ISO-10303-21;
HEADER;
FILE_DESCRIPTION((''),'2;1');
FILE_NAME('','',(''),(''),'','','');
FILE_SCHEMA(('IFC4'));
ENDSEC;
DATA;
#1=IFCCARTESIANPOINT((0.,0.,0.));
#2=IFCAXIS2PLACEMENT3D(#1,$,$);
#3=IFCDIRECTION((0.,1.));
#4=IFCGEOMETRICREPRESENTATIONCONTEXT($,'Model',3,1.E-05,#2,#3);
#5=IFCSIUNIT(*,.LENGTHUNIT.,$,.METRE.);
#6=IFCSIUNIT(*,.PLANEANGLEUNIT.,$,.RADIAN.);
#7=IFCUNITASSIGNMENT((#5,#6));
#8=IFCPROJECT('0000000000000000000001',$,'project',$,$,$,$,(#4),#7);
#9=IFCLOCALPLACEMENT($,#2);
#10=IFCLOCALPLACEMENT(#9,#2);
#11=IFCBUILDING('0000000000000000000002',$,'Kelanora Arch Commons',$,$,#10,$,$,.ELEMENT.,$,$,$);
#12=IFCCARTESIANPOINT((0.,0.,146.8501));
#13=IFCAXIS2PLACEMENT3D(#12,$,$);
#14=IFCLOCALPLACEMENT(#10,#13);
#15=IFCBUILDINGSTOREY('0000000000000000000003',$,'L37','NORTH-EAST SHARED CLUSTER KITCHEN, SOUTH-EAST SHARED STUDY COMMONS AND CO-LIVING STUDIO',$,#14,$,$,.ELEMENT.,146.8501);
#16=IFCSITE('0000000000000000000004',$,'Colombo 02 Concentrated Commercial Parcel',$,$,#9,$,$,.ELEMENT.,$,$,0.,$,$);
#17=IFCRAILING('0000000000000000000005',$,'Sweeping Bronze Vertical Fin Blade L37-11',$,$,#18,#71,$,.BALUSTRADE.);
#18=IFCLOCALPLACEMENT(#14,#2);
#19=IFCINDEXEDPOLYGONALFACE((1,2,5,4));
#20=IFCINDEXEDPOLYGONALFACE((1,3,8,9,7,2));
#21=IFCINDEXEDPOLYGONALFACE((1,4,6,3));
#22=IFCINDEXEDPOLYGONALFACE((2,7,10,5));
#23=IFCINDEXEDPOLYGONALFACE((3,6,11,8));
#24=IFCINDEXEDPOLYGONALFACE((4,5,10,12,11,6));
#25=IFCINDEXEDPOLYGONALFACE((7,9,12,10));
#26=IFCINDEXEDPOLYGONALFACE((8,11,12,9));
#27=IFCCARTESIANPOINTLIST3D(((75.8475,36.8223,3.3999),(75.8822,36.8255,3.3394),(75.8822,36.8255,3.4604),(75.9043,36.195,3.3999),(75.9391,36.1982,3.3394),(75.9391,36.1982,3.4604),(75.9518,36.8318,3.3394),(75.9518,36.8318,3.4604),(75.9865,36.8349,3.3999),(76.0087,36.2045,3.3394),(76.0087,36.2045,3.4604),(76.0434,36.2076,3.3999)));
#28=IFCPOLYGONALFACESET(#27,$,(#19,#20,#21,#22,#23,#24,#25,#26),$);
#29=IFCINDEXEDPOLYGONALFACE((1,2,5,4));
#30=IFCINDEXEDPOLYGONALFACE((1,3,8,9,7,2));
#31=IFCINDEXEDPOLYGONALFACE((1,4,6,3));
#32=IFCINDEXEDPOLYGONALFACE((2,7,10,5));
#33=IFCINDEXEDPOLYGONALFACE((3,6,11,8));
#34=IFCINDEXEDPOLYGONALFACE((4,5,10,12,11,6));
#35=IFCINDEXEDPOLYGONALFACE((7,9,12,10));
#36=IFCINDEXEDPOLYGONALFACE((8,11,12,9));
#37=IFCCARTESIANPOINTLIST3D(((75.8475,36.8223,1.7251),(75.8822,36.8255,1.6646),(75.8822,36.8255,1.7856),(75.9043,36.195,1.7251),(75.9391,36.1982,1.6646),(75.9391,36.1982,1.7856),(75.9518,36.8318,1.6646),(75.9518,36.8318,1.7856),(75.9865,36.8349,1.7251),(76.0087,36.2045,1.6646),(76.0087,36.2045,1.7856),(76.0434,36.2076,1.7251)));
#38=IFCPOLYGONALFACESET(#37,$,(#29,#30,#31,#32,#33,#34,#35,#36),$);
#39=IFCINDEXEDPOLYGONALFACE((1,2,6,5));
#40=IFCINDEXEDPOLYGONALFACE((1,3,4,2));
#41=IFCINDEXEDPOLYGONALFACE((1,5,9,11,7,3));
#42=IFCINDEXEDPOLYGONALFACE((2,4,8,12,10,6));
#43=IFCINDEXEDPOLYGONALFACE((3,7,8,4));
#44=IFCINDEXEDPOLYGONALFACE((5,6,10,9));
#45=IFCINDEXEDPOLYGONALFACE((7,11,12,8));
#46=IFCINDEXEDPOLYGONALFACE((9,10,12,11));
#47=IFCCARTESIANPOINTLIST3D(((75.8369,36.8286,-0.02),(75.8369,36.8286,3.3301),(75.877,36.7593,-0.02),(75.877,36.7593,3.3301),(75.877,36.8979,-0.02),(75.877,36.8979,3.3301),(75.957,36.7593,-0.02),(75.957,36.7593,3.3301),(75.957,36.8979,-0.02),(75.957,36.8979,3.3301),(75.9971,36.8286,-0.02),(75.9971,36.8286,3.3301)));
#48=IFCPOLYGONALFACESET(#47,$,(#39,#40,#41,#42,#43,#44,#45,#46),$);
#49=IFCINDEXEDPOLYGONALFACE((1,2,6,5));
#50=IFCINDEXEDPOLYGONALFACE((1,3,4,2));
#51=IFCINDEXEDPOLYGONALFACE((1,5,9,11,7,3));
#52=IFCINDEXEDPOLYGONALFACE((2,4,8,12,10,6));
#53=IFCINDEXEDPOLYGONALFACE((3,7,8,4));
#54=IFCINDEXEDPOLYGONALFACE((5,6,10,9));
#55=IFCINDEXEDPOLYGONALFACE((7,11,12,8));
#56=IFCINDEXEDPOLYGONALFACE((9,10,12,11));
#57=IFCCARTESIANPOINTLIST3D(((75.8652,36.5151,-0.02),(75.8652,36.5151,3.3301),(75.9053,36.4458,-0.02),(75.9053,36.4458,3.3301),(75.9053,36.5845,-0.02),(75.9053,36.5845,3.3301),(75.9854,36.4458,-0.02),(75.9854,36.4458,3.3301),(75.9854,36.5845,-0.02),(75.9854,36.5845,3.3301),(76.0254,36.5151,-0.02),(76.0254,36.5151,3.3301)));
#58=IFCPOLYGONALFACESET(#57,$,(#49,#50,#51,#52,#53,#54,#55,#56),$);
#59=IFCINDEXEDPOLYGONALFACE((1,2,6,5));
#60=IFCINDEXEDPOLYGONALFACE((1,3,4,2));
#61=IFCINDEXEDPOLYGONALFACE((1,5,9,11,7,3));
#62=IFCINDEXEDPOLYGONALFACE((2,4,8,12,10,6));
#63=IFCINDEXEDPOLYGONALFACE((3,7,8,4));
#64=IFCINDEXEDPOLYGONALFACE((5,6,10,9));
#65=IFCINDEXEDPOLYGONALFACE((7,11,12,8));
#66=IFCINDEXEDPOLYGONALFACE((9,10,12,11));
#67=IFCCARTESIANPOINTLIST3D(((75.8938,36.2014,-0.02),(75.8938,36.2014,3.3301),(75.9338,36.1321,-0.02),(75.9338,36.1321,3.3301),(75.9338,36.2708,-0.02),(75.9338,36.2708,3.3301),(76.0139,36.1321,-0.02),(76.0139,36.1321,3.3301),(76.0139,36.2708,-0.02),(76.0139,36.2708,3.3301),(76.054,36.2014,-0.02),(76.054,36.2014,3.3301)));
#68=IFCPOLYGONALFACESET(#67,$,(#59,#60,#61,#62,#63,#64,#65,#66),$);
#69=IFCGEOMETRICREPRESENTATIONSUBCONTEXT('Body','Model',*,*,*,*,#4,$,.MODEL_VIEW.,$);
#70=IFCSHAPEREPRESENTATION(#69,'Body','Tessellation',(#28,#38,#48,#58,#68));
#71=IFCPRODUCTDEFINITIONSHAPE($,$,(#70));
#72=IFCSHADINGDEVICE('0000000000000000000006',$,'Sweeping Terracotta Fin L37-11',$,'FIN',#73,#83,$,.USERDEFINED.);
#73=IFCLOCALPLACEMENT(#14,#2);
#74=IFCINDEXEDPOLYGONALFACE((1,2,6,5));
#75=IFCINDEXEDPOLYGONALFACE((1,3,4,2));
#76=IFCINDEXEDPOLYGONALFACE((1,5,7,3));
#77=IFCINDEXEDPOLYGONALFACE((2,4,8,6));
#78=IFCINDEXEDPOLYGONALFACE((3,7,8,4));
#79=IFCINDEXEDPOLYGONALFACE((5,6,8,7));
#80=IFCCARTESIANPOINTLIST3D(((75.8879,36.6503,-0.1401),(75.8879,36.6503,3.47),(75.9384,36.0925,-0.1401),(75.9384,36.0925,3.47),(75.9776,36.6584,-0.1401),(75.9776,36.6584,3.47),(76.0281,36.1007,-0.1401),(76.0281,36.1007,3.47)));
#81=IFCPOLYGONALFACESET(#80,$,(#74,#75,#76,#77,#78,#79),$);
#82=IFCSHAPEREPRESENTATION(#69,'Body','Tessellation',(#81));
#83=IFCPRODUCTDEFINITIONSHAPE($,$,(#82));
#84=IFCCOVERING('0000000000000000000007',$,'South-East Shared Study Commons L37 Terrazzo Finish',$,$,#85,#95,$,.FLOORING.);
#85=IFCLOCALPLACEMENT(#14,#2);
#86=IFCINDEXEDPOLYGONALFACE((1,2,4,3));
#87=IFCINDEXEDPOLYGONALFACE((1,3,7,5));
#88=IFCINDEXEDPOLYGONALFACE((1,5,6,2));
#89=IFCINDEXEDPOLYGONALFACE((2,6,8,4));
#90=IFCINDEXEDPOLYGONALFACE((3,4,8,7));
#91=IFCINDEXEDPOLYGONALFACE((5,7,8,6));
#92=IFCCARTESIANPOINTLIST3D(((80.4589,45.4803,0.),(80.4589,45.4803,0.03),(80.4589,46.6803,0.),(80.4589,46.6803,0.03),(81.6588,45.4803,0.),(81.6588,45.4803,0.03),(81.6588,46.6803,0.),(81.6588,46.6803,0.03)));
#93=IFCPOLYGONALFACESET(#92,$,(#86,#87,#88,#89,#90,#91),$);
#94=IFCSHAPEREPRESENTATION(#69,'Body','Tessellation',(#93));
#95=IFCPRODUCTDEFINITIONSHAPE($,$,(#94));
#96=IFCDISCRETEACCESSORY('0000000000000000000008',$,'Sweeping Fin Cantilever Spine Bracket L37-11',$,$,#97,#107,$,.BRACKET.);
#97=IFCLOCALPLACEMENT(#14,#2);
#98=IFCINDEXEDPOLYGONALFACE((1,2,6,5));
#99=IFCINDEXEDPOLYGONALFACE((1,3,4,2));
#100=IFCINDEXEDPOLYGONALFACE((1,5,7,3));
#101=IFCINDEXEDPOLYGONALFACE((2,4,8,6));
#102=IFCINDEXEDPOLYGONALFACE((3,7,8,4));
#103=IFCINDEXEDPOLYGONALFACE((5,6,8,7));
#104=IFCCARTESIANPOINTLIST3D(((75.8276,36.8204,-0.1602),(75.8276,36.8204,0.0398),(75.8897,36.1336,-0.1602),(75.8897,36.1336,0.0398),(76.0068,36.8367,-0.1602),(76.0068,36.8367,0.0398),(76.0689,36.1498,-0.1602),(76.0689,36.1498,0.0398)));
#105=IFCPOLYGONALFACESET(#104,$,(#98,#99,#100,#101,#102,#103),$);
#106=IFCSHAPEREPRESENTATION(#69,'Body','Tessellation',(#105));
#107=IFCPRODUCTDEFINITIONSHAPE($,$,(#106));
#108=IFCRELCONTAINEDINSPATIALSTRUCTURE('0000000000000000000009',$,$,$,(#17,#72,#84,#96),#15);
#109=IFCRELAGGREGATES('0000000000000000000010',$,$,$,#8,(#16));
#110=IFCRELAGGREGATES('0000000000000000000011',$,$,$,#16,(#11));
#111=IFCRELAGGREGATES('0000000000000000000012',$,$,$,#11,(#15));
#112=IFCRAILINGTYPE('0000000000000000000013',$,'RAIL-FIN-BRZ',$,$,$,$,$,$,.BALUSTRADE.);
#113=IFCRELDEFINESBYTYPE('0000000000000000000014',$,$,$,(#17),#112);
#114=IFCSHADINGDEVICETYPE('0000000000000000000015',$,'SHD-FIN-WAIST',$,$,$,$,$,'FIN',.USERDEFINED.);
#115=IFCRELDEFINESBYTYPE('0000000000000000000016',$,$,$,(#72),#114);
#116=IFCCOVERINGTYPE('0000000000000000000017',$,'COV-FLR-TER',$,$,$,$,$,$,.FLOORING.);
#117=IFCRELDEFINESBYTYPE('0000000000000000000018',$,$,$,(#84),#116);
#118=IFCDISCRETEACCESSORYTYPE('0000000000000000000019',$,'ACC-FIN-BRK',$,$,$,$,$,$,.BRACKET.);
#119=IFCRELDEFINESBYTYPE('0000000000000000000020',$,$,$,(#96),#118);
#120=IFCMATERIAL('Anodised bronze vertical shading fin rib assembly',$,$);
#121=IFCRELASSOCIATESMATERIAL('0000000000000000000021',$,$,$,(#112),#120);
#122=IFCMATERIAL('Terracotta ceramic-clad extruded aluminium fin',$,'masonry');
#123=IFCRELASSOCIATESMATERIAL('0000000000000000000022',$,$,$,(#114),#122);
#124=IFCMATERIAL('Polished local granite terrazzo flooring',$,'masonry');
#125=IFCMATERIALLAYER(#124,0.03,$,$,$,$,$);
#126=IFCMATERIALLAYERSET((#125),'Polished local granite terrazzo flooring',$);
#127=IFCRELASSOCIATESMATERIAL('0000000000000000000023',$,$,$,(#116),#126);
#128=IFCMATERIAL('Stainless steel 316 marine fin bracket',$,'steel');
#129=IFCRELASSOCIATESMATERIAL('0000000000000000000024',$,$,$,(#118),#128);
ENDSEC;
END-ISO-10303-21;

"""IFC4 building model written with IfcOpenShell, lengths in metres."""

from ifc_helpers import new_model, si_unit, direction, frame, origin, origin_2d, place, context, subcontext, project, spatial, polyline, rectangle, outline, extrude, source, transform, mapped, material, layer, layer_set, type_object, element, save


model = new_model("IFC4")

# Units and contexts
model_context = context("Model", 3, precision=1e-05, world=origin(), true_north=direction((0.0, 1.0)))
body_context = subcontext(model_context, "Body", "Model", "MODEL_VIEW")
ifc_project = project(units=[si_unit("LENGTHUNIT", "METRE"), si_unit("PLANEANGLEUNIT", "RADIAN")], contexts=[model_context])

# Site, building, storey
site_placement = place(None, origin())
site = spatial("IfcSite", under=ifc_project, at=site_placement, Name="Colombo 02 Concentrated Commercial Parcel", CompositionType="ELEMENT", RefElevation=0.0)
building_placement = place(site_placement, origin())
building = spatial("IfcBuilding", under=site, at=building_placement, Name="Kelanora Arch Commons", CompositionType="ELEMENT")
storey_placement = place(building_placement, frame((0.0, 0.0, 146.8501)))
storey = spatial("IfcBuildingStorey", under=building, at=storey_placement, Name="L37", Description="NORTH-EAST SHARED CLUSTER KITCHEN, SOUTH-EAST SHARED STUDY COMMONS AND CO-LIVING STUDIO", CompositionType="ELEMENT", Elevation=146.8501)

# Railing
ifc_material_1 = material(Name="Anodised bronze vertical shading fin rib assembly")
railing_type = type_object("IfcRailingType", Name="RAIL-FIN-BRZ", PredefinedType="BALUSTRADE", material=ifc_material_1)
railing_placement = place(storey_placement, frame((75.917, 36.8286, -0.02)))
element("IfcRailing", 1, at=railing_placement, inside=storey, type_object=railing_type, Name="Sweeping Bronze Vertical Fin Blade L37-11", PredefinedType="BALUSTRADE", context=body_context, shape_type="SweptSolid", body=[
    extrude(outline(polyline([(0.0698, 0.0), (0.0349, 0.0605), (-0.0349, 0.0605), (-0.0698, 0.0), (-0.0349, -0.0605), (0.0349, -0.0605), (0.0698, 0.0)])), frame((0.0, 0.0, 3.4199), z_axis=(0.090326, -0.995912, 0.0), x_axis=(0.995912, 0.090326, 0.0)), (0.0, 0.0, 1.0), 0.6299),
    extrude(outline(polyline([(0.0698, 0.0), (0.0349, 0.0605), (-0.0349, 0.0605), (-0.0698, 0.0), (-0.0349, -0.0605), (0.0349, -0.0605), (0.0698, 0.0)])), frame((0.0, 0.0, 1.7451), z_axis=(0.090326, -0.995912, 0.0), x_axis=(0.995912, 0.090326, 0.0)), (0.0, 0.0, 1.0), 0.6299),
    extrude(outline(polyline([(0.0801, 0.0), (0.04, 0.0693), (-0.04, 0.0693), (-0.0801, 0.0), (-0.04, -0.0693), (0.04, -0.0693), (0.0801, 0.0)])), origin(), (0.0, 0.0, 1.0), 3.3501),
    extrude(outline(polyline([(0.0801, 0.0), (0.04, 0.0693), (-0.04, 0.0693), (-0.0801, 0.0), (-0.04, -0.0693), (0.04, -0.0693), (0.0801, 0.0)])), frame((0.0283, -0.3135, 0.0)), (0.0, 0.0, 1.0), 3.3501),
    extrude(outline(polyline([(0.0801, 0.0), (0.04, 0.0693), (-0.04, 0.0693), (-0.0801, 0.0), (-0.04, -0.0693), (0.04, -0.0693), (0.0801, 0.0)])), frame((0.0569, -0.6272, 0.0)), (0.0, 0.0, 1.0), 3.3501),
])

# Shading device
ifc_material_2 = material(Name="Terracotta ceramic-clad extruded aluminium fin", Category="masonry")
shading_device_type = type_object("IfcShadingDeviceType", Name="SHD-FIN-WAIST", ElementType="FIN", PredefinedType="USERDEFINED", material=ifc_material_2)
shared_shape_1 = source(origin(), body_context, "Body", "SweptSolid", [
    extrude(rectangle(XDim=0.5601, YDim=0.0901, at=origin_2d()), origin(), (0.0, 0.0, 1.0), 3.6101),
])
shading_device_placement = place(storey_placement, frame((75.958, 36.3755, -0.1401), z_axis=(0.0, 0.0, 1.0), x_axis=(0.090111, -0.995932, 0.0)))
element("IfcShadingDevice", 2, at=shading_device_placement, inside=storey, type_object=shading_device_type, Name="Sweeping Terracotta Fin L37-11", ObjectType="FIN", PredefinedType="USERDEFINED", context=body_context, shape_type="MappedRepresentation", body=[
    mapped(shared_shape_1, transform((0.0, 0.0, 0.0), scale=1.0)),
])

# Covering
ifc_material_3 = material(Name="Polished local granite terrazzo flooring", Category="masonry")
ifc_layer_1 = layer(ifc_material_3, 0.03)
ifc_layer_set_1 = layer_set([ifc_layer_1], Name="Polished local granite terrazzo flooring")
covering_type = type_object("IfcCoveringType", Name="COV-FLR-TER", PredefinedType="FLOORING", material=ifc_layer_set_1)
shared_shape_2 = source(origin(), body_context, "Body", "SweptSolid", [
    extrude(rectangle(XDim=1.2, YDim=1.2, at=origin_2d()), origin(), (0.0, 0.0, 1.0), 0.03),
])
covering_placement = place(storey_placement, frame((81.0588, 46.0803, 0.0), z_axis=(0.0, 0.0, 1.0), x_axis=(1.0, 0.0, 0.0)))
element("IfcCovering", 3, at=covering_placement, inside=storey, type_object=covering_type, Name="South-East Shared Study Commons L37 Terrazzo Finish", PredefinedType="FLOORING", context=body_context, shape_type="MappedRepresentation", body=[
    mapped(shared_shape_2, transform((0.0, 0.0, 0.0), scale=1.0)),
])

# Discrete accessory
ifc_material_4 = material(Name="Stainless steel 316 marine fin bracket", Category="steel")
discrete_accessory_type = type_object("IfcDiscreteAccessoryType", Name="ACC-FIN-BRK", PredefinedType="BRACKET", material=ifc_material_4)
shared_shape_3 = source(origin(), body_context, "Body", "SweptSolid", [
    extrude(rectangle(XDim=0.6897, YDim=0.1799, at=origin_2d()), origin(), (0.0, 0.0, 1.0), 0.2),
])
discrete_accessory_placement = place(storey_placement, frame((75.9482, 36.4851, -0.1602), z_axis=(0.0, 0.0, 1.0), x_axis=(0.090111, -0.995932, 0.0)))
element("IfcDiscreteAccessory", 4, at=discrete_accessory_placement, inside=storey, type_object=discrete_accessory_type, Name="Sweeping Fin Cantilever Spine Bracket L37-11", PredefinedType="BRACKET", context=body_context, shape_type="MappedRepresentation", body=[
    mapped(shared_shape_3, transform((0.0, 0.0, 0.0), scale=1.0)),
])

save(model, "model.ifc")
